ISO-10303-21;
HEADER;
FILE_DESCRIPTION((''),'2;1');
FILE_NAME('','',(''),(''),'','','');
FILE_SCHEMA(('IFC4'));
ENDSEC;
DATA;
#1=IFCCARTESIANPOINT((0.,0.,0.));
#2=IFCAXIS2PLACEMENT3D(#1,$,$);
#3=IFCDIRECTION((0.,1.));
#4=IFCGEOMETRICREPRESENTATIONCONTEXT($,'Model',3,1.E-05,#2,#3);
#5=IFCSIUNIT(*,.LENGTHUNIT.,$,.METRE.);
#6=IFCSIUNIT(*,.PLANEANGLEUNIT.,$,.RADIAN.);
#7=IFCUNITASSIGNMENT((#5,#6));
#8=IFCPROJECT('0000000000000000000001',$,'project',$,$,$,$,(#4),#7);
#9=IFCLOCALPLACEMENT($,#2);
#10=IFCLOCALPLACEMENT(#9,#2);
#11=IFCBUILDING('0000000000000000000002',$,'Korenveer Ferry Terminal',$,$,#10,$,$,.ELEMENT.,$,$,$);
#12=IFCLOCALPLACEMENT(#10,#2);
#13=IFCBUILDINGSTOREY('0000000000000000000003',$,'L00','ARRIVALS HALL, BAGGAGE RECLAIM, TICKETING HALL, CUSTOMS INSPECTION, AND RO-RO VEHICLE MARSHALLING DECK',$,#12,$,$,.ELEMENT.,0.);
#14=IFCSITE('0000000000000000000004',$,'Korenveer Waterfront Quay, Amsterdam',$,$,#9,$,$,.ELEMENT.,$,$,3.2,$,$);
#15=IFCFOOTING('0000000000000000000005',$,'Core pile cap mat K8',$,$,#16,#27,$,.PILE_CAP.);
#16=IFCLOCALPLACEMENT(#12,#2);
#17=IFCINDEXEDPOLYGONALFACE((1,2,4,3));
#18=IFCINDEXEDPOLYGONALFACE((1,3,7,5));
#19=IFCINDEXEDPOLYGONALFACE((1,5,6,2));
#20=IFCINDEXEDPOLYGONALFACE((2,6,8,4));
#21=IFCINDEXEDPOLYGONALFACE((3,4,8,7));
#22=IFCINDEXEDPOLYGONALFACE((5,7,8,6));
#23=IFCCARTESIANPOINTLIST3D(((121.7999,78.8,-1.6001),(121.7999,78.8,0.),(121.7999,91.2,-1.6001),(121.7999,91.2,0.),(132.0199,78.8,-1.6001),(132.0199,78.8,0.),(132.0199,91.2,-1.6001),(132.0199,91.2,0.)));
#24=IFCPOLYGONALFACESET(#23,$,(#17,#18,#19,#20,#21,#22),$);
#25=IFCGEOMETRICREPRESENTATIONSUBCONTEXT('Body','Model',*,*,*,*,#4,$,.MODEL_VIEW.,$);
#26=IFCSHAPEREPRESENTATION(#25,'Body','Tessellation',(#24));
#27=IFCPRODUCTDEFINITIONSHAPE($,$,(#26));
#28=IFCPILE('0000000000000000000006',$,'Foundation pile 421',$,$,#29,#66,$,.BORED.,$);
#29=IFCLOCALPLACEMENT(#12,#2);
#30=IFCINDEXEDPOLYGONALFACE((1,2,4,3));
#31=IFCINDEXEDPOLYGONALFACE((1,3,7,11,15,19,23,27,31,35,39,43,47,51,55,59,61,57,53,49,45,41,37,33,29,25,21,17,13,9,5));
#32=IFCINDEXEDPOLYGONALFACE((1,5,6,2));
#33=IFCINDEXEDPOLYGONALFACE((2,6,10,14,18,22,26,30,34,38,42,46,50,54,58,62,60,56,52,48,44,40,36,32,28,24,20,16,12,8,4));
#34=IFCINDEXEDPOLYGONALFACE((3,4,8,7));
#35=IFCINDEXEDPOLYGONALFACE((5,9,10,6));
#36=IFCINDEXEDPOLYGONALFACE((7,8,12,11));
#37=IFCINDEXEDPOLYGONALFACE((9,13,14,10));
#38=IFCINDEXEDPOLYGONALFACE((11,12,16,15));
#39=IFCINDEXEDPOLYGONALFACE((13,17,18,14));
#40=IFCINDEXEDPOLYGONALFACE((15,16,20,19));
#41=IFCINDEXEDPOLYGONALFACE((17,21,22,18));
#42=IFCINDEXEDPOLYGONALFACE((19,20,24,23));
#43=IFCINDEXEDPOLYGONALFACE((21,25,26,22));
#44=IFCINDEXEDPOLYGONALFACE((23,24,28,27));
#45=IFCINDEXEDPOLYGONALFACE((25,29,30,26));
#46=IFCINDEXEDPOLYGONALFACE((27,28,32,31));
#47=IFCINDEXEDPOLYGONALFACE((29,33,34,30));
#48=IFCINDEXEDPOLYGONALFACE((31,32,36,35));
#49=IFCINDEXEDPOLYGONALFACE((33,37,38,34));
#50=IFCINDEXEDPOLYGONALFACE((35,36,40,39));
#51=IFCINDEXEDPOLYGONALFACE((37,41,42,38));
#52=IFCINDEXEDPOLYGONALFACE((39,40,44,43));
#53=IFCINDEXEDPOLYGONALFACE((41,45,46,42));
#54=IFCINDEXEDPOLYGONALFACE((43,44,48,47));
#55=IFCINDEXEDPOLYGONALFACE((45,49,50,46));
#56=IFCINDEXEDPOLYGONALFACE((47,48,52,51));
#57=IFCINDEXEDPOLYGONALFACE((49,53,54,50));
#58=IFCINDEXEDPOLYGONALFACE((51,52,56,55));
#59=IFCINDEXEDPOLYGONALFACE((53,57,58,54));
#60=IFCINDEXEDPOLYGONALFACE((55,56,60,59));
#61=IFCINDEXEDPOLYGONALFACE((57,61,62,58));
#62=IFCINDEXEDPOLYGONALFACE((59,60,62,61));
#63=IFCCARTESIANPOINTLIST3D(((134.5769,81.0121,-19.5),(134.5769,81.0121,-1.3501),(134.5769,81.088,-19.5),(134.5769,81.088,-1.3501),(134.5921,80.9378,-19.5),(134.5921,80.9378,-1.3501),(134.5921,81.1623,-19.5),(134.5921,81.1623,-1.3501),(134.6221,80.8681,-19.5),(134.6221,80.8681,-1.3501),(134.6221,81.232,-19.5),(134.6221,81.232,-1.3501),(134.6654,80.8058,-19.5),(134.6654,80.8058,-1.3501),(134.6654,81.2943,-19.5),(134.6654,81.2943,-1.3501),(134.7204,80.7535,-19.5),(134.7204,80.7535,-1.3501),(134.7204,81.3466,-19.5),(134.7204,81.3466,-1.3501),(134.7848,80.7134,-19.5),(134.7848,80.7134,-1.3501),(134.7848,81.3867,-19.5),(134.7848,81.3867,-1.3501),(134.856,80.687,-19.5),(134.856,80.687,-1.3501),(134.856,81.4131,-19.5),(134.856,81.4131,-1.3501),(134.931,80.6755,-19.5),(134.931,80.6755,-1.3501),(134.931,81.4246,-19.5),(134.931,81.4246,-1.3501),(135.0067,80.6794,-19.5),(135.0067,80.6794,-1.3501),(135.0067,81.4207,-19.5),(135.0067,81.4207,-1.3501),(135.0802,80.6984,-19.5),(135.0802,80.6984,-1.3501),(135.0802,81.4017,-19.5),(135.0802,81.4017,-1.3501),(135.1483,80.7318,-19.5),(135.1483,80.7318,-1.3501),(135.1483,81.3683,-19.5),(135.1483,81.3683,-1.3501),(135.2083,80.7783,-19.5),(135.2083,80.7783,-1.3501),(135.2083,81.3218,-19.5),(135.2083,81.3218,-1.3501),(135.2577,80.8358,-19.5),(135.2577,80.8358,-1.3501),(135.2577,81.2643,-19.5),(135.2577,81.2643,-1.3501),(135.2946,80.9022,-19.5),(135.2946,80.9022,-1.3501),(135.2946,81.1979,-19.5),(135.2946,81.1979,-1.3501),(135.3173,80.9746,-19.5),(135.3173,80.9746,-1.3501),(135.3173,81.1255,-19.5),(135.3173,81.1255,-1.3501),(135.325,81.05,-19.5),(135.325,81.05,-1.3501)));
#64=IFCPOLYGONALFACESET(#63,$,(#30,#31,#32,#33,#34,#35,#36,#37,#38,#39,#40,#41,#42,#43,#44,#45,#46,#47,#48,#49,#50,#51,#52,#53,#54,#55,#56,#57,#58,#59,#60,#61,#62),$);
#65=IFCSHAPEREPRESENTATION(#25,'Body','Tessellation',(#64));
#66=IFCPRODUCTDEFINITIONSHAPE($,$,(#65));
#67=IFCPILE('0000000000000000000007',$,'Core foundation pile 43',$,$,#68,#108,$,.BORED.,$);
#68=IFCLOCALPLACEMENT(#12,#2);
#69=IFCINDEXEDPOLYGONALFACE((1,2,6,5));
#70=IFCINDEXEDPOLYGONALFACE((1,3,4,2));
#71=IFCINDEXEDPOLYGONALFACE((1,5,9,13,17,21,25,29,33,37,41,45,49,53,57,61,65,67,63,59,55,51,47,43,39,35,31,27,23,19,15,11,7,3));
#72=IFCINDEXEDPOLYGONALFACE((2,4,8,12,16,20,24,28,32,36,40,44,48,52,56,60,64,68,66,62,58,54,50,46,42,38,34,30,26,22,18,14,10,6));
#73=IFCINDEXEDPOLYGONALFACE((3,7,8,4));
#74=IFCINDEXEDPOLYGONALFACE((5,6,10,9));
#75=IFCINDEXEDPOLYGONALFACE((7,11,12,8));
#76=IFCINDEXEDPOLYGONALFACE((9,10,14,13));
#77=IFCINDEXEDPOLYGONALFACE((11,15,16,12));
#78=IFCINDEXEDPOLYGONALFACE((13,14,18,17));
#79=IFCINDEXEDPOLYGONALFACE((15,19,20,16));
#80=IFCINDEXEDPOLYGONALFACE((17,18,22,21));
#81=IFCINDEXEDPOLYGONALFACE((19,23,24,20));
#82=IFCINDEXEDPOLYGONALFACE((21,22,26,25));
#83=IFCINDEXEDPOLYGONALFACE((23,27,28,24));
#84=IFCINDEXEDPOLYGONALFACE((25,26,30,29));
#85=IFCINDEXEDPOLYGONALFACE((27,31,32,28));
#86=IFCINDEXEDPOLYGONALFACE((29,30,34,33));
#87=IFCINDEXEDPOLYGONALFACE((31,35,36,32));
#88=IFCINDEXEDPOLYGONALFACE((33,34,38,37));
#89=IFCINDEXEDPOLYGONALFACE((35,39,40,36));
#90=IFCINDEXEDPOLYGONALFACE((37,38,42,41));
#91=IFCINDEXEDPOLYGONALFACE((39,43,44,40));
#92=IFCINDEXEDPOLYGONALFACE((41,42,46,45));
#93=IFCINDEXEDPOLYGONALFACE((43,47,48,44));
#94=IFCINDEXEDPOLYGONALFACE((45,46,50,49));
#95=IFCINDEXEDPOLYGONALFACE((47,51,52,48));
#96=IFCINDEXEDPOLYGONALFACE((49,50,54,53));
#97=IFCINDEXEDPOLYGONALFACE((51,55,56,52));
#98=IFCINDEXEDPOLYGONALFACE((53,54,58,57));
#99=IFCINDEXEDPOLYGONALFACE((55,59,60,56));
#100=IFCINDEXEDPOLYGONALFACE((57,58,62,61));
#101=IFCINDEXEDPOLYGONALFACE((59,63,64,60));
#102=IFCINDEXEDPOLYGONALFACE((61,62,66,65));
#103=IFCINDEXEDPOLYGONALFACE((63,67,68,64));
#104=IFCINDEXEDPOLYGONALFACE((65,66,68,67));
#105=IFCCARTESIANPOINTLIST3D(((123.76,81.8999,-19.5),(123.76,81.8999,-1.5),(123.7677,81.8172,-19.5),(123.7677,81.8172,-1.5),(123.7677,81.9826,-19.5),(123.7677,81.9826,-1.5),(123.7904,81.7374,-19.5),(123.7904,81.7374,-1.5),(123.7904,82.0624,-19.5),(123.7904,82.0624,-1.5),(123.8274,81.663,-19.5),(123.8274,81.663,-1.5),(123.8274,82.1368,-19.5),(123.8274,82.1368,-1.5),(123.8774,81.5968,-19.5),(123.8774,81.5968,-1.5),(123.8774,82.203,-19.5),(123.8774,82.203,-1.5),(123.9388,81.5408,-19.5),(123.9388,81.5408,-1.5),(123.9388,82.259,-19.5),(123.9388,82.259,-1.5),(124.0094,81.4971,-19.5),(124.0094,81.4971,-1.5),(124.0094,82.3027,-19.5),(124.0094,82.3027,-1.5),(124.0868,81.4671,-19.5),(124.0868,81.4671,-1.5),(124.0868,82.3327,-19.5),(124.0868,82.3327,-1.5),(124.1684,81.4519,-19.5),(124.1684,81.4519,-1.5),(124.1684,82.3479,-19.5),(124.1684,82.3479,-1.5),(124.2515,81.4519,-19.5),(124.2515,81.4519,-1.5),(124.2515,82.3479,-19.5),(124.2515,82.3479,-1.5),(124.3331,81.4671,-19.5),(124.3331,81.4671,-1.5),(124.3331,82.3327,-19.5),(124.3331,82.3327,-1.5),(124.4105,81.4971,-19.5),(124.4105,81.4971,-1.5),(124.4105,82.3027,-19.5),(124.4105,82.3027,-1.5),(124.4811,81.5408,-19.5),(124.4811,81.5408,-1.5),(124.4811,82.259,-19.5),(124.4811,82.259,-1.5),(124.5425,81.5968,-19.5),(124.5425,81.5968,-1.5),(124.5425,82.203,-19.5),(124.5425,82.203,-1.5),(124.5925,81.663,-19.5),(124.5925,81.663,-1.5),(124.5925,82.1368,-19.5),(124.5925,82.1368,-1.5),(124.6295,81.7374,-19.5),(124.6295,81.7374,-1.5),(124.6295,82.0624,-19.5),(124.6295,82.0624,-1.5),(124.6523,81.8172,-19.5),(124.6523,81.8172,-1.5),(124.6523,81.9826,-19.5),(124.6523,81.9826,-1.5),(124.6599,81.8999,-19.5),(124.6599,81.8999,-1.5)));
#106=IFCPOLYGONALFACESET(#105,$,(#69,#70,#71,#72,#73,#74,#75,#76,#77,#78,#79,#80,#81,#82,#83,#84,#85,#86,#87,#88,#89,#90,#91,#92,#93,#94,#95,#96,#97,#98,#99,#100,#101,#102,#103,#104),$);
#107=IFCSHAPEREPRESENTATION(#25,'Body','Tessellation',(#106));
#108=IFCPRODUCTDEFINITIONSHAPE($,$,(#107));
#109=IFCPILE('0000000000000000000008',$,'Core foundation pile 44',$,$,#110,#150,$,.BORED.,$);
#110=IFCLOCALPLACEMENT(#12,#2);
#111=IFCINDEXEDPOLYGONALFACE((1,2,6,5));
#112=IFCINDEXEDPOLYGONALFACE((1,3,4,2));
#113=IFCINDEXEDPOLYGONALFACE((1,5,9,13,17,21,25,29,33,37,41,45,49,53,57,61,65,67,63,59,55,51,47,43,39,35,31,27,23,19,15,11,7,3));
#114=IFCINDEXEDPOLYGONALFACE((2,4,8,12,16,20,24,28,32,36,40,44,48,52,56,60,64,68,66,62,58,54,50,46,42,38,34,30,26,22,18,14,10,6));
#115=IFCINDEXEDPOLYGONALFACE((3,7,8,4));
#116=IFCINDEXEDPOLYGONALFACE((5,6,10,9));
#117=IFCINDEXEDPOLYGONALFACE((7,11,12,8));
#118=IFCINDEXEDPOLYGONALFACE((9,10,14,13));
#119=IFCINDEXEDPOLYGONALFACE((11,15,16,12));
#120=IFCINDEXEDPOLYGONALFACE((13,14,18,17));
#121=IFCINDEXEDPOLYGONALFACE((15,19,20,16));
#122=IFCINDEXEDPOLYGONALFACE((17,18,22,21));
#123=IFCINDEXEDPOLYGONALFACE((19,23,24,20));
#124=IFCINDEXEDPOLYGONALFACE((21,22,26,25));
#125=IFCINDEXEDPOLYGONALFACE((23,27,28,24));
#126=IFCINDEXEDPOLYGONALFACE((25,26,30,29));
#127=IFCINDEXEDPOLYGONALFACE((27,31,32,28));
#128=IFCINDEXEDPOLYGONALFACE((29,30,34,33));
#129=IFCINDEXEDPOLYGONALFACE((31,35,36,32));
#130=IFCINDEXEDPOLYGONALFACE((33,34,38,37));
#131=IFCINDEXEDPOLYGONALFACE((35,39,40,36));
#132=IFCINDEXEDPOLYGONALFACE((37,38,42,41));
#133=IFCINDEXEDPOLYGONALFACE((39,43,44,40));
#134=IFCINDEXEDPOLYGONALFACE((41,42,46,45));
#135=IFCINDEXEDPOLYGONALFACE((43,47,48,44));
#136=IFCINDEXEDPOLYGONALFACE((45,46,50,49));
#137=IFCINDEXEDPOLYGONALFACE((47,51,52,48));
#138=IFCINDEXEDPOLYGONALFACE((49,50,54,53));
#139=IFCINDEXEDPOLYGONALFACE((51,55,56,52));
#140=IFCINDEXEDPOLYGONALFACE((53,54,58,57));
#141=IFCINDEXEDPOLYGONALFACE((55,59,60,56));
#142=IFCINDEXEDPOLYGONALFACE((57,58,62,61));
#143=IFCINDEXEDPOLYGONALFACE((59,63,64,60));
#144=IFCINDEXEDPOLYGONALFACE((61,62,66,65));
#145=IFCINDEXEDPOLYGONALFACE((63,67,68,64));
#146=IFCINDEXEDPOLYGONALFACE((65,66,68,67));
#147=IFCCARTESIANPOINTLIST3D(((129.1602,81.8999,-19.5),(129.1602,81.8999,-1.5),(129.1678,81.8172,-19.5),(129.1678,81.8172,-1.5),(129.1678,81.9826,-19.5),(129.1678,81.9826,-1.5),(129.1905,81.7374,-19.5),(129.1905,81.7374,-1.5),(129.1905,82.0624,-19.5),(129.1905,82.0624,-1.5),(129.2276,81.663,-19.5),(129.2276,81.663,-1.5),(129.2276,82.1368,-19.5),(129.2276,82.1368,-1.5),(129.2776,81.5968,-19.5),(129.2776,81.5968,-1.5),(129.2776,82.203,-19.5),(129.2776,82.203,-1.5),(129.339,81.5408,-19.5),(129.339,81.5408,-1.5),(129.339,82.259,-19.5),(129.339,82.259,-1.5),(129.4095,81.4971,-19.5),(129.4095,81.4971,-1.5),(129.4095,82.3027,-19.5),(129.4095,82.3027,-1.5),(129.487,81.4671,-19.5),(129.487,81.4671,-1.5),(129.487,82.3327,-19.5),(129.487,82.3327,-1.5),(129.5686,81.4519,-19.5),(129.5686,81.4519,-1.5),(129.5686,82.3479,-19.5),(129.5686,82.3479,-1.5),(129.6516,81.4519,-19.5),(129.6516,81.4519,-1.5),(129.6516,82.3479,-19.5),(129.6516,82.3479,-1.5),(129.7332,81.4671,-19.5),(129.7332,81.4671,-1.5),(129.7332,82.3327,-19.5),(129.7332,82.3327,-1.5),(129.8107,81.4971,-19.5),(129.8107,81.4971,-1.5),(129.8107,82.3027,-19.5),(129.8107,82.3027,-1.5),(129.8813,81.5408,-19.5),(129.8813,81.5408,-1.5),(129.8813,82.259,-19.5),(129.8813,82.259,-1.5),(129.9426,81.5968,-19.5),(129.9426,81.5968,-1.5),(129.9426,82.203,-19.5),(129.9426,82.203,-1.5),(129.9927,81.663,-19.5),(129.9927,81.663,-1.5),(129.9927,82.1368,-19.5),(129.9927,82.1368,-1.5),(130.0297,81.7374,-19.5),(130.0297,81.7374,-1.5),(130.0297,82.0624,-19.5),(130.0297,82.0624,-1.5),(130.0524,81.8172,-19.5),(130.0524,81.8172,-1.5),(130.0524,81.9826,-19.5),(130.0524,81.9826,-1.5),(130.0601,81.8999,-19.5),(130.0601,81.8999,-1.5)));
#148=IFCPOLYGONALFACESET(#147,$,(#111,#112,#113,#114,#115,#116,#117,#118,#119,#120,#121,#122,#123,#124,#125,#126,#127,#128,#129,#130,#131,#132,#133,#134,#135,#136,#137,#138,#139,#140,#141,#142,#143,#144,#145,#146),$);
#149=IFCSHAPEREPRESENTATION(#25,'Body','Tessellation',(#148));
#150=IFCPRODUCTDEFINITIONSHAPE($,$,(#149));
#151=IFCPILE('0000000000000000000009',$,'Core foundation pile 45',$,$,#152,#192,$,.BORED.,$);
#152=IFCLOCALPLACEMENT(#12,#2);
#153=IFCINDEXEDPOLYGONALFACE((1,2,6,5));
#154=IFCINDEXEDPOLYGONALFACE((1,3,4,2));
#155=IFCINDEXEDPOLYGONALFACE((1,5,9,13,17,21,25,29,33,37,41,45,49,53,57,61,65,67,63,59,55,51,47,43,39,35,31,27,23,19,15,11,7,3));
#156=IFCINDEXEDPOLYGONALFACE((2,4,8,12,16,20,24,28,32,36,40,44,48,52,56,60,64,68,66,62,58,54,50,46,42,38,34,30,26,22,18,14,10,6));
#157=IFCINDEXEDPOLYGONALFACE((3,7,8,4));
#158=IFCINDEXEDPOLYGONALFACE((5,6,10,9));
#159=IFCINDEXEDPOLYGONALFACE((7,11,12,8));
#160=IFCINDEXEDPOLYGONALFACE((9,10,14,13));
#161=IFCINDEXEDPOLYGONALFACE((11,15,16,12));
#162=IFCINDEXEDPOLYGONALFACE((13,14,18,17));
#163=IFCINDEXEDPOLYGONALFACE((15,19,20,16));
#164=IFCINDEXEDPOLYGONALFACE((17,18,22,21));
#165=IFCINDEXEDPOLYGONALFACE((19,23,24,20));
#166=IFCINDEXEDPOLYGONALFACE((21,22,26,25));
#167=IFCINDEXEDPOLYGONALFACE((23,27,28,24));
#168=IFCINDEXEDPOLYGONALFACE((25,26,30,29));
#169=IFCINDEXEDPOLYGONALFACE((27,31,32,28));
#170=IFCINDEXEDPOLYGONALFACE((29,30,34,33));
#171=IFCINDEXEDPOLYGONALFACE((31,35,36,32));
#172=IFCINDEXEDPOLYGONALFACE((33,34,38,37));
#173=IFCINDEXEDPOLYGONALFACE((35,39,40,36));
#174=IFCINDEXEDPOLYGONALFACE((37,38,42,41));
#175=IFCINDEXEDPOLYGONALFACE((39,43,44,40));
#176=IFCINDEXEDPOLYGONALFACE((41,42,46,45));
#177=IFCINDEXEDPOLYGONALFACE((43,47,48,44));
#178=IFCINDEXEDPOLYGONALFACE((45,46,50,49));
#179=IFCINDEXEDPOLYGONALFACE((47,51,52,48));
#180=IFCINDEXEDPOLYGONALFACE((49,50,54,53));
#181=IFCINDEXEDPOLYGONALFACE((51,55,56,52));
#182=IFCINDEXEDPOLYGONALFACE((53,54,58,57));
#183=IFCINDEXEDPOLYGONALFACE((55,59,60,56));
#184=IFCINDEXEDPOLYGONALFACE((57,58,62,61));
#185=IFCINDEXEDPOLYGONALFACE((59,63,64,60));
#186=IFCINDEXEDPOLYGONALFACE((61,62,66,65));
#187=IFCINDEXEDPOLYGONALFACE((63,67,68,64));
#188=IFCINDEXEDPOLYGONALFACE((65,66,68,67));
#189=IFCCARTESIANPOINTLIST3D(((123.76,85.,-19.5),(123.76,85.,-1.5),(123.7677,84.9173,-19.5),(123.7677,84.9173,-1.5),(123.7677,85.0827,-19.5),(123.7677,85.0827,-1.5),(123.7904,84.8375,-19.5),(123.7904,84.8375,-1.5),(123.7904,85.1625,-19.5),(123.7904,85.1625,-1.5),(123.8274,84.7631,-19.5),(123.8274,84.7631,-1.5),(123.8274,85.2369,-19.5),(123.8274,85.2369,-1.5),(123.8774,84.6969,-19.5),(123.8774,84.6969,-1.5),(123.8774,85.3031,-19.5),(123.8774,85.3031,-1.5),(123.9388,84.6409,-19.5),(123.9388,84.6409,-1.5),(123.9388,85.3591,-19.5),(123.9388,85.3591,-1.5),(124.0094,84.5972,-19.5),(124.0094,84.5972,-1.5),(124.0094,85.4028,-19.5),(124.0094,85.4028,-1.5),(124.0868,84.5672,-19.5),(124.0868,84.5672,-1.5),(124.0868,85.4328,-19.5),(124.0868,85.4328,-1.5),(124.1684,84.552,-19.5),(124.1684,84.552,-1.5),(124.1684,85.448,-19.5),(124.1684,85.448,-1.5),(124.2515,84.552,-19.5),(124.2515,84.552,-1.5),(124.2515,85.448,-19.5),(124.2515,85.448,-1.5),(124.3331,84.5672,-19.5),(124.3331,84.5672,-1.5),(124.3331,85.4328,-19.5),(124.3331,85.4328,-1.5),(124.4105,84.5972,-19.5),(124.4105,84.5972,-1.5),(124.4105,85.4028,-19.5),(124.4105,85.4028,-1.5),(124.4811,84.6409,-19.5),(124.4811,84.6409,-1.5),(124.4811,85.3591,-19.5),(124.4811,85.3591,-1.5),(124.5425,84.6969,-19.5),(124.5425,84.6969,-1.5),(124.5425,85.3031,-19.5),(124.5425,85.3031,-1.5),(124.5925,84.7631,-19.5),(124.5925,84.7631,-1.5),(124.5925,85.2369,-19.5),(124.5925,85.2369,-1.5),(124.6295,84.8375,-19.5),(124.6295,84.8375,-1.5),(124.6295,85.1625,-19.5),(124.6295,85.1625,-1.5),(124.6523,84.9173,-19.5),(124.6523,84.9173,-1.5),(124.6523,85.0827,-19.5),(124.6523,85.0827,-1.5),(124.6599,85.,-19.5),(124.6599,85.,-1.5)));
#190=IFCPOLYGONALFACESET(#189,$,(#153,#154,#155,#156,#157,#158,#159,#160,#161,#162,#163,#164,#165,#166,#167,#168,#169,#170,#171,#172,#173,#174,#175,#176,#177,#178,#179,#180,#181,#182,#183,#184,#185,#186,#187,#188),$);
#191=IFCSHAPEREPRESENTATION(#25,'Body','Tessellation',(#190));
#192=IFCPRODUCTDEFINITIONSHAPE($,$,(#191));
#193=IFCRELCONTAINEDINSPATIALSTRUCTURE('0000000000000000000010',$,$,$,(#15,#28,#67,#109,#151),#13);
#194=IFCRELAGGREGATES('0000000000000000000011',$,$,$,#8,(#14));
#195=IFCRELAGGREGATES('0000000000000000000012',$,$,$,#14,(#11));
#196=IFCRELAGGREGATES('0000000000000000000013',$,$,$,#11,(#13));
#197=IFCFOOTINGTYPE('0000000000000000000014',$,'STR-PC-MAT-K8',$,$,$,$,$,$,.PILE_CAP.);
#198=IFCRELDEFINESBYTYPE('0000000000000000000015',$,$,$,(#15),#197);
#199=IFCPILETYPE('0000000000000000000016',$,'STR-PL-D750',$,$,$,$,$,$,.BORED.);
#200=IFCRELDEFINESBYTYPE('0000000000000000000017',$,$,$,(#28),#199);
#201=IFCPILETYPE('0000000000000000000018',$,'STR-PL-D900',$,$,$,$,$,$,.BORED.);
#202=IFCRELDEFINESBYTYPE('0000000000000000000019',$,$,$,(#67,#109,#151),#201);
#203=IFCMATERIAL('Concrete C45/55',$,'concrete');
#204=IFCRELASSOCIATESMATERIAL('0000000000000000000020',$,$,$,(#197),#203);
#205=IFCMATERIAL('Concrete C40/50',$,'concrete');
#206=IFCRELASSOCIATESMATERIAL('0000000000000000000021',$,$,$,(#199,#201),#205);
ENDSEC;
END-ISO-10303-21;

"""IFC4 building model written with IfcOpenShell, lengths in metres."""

from ifc_helpers import new_model, si_unit, direction, frame, origin, origin_2d, place, context, subcontext, project, spatial, rectangle, circle, extrude, material, material_profile, profile_set, type_object, element, save


model = new_model("IFC4")

# Units and contexts
model_context = context("Model", 3, precision=1e-05, world=origin(), true_north=direction((0.0, 1.0)))
body_context = subcontext(model_context, "Body", "Model", "MODEL_VIEW")
ifc_project = project(units=[si_unit("LENGTHUNIT", "METRE"), si_unit("PLANEANGLEUNIT", "RADIAN")], contexts=[model_context])

# Site, building, storey
site_placement = place(None, origin())
site = spatial("IfcSite", under=ifc_project, at=site_placement, Name="Korenveer Waterfront Quay, Amsterdam", CompositionType="ELEMENT", RefElevation=3.2)
building_placement = place(site_placement, origin())
building = spatial("IfcBuilding", under=site, at=building_placement, Name="Korenveer Ferry Terminal", CompositionType="ELEMENT")
storey_placement = place(building_placement, origin())
storey = spatial("IfcBuildingStorey", under=building, at=storey_placement, Name="L00", Description="ARRIVALS HALL, BAGGAGE RECLAIM, TICKETING HALL, CUSTOMS INSPECTION, AND RO-RO VEHICLE MARSHALLING DECK", CompositionType="ELEMENT", Elevation=0.0)

# Footing
ifc_material_1 = material(Name="Concrete C45/55", Category="concrete")
footing_type = type_object("IfcFootingType", Name="STR-PC-MAT-K8", PredefinedType="PILE_CAP", material=ifc_material_1)
footing_placement = place(storey_placement, frame((126.9099, 85.0, -1.6001), z_axis=(0.0, 0.0, 1.0), x_axis=(1.0, 0.0, 0.0)))
element("IfcFooting", 1, at=footing_placement, inside=storey, type_object=footing_type, Name="Core pile cap mat K8", PredefinedType="PILE_CAP", context=body_context, shape_type="SweptSolid", body=[
    extrude(rectangle(XDim=10.22, YDim=12.3999, at=origin_2d()), origin(), (0.0, 0.0, 1.0), 1.6001),
])

# Piles
ifc_material_2 = material(Name="Concrete C40/50", Category="concrete")
ifc_material_profile_1 = material_profile(ifc_material_2, circle(Radius=0.375, at=origin_2d()), Name="PILE D750")
ifc_profile_set_1 = profile_set([ifc_material_profile_1], Name="Concrete C40/50")
pile_type_1 = type_object("IfcPileType", Name="STR-PL-D750", PredefinedType="BORED", material=ifc_profile_set_1)
pile_placement = place(storey_placement, frame((134.95, 81.05, -1.3501), z_axis=(0.0, 0.0, -1.0), x_axis=(1.0, 0.0, 0.0)))
element("IfcPile", 2, at=pile_placement, inside=storey, type_object=pile_type_1, Name="Foundation pile 421", PredefinedType="BORED", context=body_context, shape_type="SweptSolid", body=[
    extrude(circle(Radius=0.375, at=origin_2d()), origin(), (0.0, 0.0, 1.0), 18.1499),
])
ifc_material_profile_2 = material_profile(ifc_material_2, circle(Radius=0.45, at=origin_2d()), Name="PILE D900")
ifc_profile_set_2 = profile_set([ifc_material_profile_2], Name="Concrete C40/50")
pile_type_2 = type_object("IfcPileType", Name="STR-PL-D900", PredefinedType="BORED", material=ifc_profile_set_2)
for number, where, z_axis, x_axis, name in (
    (3, (124.21, 81.8999, -1.5), (0.0, 0.0, -1.0), (1.0, 0.0, 0.0), "Core foundation pile 43"),
    (4, (129.6101, 81.8999, -1.5), (0.0, 0.0, -1.0), (1.0, 0.0, 0.0), "Core foundation pile 44"),
    (5, (124.21, 85.0, -1.5), (0.0, 0.0, -1.0), (1.0, 0.0, 0.0), "Core foundation pile 45"),
):
    element("IfcPile", number, at=place(storey_placement, frame(where, z_axis=z_axis, x_axis=x_axis)), inside=storey, type_object=pile_type_2, Name=name, PredefinedType="BORED", context=body_context, shape_type="SweptSolid", body=[
        extrude(circle(Radius=0.45, at=origin_2d()), origin(), (0.0, 0.0, 1.0), 18.0),
    ])

save(model, "model.ifc")
